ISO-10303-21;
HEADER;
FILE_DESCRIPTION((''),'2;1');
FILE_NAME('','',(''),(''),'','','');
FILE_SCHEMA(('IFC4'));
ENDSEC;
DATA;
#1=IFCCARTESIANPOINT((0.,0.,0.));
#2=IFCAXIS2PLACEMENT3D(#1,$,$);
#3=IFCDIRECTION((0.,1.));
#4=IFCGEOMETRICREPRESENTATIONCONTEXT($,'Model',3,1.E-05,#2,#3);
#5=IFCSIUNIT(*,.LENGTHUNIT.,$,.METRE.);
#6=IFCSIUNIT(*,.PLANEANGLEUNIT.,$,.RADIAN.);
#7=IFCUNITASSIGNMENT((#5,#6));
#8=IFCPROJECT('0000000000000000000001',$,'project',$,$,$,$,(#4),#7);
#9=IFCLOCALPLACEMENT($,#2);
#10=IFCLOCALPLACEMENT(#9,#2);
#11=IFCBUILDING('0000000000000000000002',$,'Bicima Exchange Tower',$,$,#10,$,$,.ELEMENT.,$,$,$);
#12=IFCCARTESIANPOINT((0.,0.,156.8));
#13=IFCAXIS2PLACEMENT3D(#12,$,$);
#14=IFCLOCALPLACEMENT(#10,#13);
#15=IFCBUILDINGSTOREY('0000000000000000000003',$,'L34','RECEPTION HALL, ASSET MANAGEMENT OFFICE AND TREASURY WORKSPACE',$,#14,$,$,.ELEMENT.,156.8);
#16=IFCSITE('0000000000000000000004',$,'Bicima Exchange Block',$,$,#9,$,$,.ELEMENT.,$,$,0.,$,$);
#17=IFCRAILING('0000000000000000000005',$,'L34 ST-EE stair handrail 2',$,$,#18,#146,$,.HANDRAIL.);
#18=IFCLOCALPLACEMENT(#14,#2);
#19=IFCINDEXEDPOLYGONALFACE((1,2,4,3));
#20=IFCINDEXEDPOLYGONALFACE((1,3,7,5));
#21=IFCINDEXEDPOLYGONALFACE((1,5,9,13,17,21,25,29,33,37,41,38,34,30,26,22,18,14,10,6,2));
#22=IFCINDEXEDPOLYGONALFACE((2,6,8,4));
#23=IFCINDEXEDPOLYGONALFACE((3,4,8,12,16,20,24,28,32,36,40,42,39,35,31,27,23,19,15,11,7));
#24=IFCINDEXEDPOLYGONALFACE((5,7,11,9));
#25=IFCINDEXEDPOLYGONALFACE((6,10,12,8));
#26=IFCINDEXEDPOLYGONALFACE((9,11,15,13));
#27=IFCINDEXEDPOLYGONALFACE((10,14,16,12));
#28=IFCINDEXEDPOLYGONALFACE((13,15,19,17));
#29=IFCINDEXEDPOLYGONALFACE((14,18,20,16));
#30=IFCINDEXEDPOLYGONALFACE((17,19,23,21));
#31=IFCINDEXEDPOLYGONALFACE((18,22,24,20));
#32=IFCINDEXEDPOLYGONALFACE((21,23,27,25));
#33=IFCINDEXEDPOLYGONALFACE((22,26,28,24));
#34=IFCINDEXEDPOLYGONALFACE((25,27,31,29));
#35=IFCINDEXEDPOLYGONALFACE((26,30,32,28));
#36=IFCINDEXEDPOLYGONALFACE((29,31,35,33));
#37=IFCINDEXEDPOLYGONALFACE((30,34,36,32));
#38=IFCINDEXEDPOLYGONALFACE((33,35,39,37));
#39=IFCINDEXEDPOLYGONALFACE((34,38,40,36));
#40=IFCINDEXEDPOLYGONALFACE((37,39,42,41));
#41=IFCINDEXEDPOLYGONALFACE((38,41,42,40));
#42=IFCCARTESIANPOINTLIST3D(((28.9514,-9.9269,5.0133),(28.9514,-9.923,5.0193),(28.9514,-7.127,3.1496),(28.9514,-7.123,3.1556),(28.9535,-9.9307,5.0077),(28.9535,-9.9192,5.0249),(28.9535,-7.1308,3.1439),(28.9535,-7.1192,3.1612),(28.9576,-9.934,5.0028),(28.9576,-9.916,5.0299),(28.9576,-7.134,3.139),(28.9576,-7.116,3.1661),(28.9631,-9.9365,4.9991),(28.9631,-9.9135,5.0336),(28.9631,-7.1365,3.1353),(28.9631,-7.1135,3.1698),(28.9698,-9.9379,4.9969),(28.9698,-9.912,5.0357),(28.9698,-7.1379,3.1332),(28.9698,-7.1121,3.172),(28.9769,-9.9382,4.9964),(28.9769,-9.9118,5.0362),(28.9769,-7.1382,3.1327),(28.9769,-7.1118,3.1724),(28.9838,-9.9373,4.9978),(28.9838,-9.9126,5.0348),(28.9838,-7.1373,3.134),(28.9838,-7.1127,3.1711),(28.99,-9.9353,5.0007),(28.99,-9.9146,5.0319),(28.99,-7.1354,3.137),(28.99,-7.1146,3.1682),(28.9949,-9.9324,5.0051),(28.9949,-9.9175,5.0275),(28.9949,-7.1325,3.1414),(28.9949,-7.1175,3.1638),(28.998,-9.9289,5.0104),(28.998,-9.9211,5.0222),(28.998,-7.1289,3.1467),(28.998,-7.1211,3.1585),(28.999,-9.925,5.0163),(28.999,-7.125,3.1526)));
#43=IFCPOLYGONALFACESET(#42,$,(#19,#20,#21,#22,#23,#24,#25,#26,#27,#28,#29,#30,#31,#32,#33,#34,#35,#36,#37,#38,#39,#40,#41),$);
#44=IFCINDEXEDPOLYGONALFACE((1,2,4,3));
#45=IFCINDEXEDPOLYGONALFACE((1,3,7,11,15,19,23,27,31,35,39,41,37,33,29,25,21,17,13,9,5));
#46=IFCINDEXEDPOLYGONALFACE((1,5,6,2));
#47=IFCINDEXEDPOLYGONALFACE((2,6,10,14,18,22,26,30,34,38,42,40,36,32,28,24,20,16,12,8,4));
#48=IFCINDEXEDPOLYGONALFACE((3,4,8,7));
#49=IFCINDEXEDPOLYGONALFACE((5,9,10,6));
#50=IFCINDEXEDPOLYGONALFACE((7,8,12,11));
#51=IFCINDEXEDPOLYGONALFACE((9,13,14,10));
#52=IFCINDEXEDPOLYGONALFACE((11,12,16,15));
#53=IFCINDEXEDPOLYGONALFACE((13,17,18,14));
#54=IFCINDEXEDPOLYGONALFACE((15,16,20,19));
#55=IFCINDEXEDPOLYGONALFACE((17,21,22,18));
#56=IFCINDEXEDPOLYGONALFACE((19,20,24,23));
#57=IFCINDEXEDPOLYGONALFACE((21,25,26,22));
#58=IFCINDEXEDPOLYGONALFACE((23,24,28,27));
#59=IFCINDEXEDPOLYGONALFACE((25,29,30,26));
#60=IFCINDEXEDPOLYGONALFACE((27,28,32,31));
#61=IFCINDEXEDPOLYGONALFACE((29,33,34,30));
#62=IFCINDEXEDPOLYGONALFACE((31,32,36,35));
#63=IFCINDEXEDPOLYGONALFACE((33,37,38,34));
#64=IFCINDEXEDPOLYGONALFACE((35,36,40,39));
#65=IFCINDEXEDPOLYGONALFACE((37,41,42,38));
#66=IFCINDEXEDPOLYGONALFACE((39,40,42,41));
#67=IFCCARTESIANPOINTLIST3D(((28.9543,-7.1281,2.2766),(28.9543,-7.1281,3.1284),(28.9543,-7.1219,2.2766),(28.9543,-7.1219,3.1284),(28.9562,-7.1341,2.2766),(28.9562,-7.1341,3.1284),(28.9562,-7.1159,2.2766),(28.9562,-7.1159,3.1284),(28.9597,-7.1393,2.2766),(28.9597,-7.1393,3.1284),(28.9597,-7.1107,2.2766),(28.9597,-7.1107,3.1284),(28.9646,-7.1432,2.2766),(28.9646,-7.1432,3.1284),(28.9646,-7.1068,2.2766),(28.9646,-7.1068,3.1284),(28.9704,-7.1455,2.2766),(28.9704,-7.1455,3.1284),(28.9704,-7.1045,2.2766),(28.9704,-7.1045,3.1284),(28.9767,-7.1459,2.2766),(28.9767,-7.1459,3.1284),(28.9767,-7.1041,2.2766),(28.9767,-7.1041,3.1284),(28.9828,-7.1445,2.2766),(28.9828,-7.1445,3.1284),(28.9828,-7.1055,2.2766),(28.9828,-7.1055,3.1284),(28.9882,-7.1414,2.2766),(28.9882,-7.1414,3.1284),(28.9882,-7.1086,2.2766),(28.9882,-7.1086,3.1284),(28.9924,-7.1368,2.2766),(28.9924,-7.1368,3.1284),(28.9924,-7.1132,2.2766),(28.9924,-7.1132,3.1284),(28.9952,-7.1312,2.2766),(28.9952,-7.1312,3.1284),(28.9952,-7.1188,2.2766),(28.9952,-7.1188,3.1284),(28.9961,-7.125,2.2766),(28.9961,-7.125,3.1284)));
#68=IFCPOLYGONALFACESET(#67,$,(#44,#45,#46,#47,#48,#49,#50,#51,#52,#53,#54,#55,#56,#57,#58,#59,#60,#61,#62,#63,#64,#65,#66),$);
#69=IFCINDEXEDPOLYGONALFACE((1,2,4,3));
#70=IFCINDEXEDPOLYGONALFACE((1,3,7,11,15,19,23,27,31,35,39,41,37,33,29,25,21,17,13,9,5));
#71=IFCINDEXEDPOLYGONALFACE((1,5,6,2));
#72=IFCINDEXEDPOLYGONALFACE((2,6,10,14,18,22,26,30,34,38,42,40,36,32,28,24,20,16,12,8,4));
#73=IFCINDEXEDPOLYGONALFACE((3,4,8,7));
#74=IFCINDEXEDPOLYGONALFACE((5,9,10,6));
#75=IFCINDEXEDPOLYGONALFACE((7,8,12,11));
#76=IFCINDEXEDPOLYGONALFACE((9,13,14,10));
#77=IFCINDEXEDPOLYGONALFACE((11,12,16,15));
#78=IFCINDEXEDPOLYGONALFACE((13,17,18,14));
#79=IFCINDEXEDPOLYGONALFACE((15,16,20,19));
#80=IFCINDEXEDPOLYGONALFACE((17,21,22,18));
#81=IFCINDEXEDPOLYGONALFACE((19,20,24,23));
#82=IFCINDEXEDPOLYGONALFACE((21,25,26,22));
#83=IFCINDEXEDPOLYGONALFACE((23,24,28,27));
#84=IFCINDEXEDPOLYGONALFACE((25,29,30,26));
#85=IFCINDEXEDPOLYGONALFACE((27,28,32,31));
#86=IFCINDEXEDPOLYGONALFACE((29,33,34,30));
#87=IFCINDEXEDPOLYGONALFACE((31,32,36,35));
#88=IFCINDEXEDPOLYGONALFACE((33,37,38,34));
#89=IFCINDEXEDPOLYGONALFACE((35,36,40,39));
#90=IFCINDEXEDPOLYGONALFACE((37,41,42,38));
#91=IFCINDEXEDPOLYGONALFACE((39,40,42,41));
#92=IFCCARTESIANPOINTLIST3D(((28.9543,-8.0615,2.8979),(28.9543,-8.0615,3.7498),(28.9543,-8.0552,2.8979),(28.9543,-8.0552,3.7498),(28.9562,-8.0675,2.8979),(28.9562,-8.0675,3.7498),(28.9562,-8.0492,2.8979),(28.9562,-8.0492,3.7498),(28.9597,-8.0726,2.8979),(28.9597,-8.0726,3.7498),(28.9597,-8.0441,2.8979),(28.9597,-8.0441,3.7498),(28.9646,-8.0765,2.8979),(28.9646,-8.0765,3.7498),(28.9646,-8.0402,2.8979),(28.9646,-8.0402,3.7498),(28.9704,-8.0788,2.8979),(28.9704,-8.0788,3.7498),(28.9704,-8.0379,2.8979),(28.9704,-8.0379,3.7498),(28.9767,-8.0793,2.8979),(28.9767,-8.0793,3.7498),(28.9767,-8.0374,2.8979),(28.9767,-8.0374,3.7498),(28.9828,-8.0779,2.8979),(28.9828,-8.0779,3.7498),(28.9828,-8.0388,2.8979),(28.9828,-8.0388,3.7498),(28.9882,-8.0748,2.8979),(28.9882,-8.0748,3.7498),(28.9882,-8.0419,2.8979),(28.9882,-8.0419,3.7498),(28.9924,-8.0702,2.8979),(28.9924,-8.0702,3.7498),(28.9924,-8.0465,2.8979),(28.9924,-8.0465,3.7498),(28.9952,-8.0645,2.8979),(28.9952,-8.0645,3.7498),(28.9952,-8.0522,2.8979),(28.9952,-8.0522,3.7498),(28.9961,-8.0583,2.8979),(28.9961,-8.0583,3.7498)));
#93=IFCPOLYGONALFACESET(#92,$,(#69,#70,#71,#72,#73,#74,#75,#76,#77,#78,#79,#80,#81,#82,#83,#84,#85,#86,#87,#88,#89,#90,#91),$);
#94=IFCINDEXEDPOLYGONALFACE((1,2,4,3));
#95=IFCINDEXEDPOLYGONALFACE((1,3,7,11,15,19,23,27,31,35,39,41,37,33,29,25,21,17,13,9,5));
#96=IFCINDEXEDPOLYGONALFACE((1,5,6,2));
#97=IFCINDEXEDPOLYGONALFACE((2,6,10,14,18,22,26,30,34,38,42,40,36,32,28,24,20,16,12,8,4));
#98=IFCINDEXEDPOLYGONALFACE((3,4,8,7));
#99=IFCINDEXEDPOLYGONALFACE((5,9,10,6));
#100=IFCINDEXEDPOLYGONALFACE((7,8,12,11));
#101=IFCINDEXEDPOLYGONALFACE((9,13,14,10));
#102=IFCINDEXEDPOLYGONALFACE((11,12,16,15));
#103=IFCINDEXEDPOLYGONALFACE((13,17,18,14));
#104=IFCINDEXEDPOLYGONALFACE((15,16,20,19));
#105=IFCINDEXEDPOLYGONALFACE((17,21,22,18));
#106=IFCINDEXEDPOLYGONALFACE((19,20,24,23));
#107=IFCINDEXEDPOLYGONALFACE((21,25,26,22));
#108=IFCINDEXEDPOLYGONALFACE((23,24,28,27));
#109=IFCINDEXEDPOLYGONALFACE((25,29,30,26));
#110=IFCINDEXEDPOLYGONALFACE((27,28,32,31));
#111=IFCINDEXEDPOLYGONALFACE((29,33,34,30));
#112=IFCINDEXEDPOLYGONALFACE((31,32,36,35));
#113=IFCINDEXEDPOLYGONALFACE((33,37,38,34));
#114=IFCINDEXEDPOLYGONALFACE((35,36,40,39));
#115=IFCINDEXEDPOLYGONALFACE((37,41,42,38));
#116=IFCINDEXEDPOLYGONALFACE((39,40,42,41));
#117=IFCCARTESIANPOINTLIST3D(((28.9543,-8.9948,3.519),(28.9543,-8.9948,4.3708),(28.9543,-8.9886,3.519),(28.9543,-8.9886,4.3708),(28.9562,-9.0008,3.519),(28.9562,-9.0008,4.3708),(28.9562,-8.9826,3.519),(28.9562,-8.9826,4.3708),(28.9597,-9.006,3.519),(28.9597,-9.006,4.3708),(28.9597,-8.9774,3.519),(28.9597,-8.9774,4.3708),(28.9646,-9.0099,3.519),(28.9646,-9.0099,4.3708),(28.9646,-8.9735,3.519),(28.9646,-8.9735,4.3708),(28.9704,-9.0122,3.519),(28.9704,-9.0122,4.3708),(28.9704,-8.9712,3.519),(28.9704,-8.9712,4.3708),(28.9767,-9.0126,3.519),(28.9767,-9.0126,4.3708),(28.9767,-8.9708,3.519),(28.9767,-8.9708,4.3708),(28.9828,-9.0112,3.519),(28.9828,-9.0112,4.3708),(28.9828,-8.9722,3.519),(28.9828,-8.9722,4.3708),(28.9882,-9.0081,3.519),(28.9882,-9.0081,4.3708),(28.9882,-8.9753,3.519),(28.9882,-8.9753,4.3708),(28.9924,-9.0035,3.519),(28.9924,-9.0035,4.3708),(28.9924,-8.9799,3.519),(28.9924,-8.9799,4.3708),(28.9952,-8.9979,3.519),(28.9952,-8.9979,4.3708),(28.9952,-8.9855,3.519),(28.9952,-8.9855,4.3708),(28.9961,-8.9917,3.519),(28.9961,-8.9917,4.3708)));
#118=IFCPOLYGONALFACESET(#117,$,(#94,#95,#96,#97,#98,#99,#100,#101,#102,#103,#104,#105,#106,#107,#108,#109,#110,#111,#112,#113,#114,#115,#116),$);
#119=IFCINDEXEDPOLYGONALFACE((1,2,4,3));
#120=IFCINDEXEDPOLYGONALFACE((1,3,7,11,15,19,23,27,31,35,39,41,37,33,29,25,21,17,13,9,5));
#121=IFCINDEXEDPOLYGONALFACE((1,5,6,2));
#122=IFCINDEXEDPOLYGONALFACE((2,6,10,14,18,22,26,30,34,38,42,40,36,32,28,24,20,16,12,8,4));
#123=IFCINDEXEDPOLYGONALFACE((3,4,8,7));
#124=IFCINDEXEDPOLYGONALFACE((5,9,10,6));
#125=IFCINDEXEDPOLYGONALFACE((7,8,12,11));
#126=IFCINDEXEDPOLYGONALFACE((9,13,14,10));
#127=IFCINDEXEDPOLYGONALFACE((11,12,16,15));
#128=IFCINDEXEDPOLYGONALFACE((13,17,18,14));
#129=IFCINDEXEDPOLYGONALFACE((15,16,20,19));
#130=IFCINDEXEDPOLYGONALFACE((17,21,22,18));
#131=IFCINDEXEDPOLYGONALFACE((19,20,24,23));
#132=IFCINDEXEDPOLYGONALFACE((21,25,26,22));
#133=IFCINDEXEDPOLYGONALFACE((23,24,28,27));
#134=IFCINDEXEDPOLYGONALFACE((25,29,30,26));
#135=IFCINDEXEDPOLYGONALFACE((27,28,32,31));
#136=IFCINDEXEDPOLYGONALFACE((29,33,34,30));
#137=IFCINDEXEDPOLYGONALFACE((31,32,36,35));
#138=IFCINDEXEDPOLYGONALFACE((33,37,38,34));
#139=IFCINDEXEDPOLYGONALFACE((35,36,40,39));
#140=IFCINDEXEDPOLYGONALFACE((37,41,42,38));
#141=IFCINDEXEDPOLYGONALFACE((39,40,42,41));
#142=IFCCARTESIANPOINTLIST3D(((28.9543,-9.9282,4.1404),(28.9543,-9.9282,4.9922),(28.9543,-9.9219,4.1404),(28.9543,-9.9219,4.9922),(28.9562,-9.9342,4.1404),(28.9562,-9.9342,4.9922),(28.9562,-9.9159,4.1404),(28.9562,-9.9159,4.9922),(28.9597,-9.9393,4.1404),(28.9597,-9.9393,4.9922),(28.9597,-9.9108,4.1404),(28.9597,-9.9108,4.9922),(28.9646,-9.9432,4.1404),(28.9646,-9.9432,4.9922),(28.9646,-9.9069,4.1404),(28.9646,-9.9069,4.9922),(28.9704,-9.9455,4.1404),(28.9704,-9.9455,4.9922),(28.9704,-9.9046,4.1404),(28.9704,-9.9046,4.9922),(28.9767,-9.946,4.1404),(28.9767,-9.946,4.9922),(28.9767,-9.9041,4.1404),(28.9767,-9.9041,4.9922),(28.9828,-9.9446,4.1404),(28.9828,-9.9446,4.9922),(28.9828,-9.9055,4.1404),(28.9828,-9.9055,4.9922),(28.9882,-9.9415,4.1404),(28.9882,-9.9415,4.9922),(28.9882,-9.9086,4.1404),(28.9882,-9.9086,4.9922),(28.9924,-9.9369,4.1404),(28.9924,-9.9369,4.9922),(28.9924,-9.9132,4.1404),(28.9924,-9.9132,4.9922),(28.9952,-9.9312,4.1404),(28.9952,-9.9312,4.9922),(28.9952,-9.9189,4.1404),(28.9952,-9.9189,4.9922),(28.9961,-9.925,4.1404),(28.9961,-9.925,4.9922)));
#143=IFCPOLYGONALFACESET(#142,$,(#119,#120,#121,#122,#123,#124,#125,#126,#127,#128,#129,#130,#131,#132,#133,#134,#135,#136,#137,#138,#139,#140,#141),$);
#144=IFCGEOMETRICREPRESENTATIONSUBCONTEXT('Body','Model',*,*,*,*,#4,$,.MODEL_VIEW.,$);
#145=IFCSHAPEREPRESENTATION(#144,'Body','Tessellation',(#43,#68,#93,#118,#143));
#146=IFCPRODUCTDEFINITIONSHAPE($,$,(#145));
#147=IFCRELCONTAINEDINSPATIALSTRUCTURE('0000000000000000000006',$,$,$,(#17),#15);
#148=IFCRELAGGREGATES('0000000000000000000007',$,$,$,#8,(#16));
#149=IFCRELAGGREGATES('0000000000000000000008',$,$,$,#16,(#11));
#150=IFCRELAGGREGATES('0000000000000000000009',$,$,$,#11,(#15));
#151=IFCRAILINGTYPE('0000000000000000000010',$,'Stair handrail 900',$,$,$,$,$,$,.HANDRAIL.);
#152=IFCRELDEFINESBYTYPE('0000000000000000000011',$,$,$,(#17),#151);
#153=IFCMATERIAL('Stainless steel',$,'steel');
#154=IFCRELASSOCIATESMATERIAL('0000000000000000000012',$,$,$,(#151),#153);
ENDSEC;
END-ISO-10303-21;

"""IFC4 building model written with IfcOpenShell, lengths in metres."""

from ifc_helpers import new_model, si_unit, direction, frame, origin, origin_2d, place, context, subcontext, project, spatial, circle, extrude, material, type_object, element, save


model = new_model("IFC4")

# Units and contexts
model_context = context("Model", 3, precision=1e-05, world=origin(), true_north=direction((0.0, 1.0)))
body_context = subcontext(model_context, "Body", "Model", "MODEL_VIEW")
ifc_project = project(units=[si_unit("LENGTHUNIT", "METRE"), si_unit("PLANEANGLEUNIT", "RADIAN")], contexts=[model_context])

# Site, building, storey
site_placement = place(None, origin())
site = spatial("IfcSite", under=ifc_project, at=site_placement, Name="Bicima Exchange Block", CompositionType="ELEMENT", RefElevation=0.0)
building_placement = place(site_placement, origin())
building = spatial("IfcBuilding", under=site, at=building_placement, Name="Bicima Exchange Tower", CompositionType="ELEMENT")
storey_placement = place(building_placement, frame((0.0, 0.0, 156.8)))
storey = spatial("IfcBuildingStorey", under=building, at=storey_placement, Name="L34", Description="RECEPTION HALL, ASSET MANAGEMENT OFFICE AND TREASURY WORKSPACE", CompositionType="ELEMENT", Elevation=156.8)

# Railing
ifc_material_1 = material(Name="Stainless steel", Category="steel")
railing_type_1 = type_object("IfcRailingType", Name="Stair handrail 900", PredefinedType="HANDRAIL", material=ifc_material_1)
for number, where, name in (
    (1, (28.9751, -7.125, 2.2766), "L34 ST-EE stair handrail 2"),
):
    element("IfcRailing", number, at=place(storey_placement, frame(where)), inside=storey, type_object=railing_type_1, Name=name, PredefinedType="HANDRAIL", context=body_context, shape_type="SweptSolid", body=[
        extrude(circle(Radius=0.0239, at=origin_2d()), frame((0.0, 0.0, 0.876), z_axis=(0.0, -0.832452, 0.554097), x_axis=(1.0, 0.0, 0.0)), (0.0, 0.0, 1.0), 3.3635),
        extrude(circle(Radius=0.021, at=origin_2d()), origin(), (0.0, 0.0, 1.0), 0.8518),
        extrude(circle(Radius=0.021, at=origin_2d()), frame((0.0, -0.9333, 0.6213)), (0.0, 0.0, 1.0), 0.8518),
        extrude(circle(Radius=0.021, at=origin_2d()), frame((0.0, -1.8667, 1.2424)), (0.0, 0.0, 1.0), 0.8518),
        extrude(circle(Radius=0.021, at=origin_2d()), frame((0.0, -2.8, 1.8638)), (0.0, 0.0, 1.0), 0.8518),
    ])

save(model, "model.ifc")
